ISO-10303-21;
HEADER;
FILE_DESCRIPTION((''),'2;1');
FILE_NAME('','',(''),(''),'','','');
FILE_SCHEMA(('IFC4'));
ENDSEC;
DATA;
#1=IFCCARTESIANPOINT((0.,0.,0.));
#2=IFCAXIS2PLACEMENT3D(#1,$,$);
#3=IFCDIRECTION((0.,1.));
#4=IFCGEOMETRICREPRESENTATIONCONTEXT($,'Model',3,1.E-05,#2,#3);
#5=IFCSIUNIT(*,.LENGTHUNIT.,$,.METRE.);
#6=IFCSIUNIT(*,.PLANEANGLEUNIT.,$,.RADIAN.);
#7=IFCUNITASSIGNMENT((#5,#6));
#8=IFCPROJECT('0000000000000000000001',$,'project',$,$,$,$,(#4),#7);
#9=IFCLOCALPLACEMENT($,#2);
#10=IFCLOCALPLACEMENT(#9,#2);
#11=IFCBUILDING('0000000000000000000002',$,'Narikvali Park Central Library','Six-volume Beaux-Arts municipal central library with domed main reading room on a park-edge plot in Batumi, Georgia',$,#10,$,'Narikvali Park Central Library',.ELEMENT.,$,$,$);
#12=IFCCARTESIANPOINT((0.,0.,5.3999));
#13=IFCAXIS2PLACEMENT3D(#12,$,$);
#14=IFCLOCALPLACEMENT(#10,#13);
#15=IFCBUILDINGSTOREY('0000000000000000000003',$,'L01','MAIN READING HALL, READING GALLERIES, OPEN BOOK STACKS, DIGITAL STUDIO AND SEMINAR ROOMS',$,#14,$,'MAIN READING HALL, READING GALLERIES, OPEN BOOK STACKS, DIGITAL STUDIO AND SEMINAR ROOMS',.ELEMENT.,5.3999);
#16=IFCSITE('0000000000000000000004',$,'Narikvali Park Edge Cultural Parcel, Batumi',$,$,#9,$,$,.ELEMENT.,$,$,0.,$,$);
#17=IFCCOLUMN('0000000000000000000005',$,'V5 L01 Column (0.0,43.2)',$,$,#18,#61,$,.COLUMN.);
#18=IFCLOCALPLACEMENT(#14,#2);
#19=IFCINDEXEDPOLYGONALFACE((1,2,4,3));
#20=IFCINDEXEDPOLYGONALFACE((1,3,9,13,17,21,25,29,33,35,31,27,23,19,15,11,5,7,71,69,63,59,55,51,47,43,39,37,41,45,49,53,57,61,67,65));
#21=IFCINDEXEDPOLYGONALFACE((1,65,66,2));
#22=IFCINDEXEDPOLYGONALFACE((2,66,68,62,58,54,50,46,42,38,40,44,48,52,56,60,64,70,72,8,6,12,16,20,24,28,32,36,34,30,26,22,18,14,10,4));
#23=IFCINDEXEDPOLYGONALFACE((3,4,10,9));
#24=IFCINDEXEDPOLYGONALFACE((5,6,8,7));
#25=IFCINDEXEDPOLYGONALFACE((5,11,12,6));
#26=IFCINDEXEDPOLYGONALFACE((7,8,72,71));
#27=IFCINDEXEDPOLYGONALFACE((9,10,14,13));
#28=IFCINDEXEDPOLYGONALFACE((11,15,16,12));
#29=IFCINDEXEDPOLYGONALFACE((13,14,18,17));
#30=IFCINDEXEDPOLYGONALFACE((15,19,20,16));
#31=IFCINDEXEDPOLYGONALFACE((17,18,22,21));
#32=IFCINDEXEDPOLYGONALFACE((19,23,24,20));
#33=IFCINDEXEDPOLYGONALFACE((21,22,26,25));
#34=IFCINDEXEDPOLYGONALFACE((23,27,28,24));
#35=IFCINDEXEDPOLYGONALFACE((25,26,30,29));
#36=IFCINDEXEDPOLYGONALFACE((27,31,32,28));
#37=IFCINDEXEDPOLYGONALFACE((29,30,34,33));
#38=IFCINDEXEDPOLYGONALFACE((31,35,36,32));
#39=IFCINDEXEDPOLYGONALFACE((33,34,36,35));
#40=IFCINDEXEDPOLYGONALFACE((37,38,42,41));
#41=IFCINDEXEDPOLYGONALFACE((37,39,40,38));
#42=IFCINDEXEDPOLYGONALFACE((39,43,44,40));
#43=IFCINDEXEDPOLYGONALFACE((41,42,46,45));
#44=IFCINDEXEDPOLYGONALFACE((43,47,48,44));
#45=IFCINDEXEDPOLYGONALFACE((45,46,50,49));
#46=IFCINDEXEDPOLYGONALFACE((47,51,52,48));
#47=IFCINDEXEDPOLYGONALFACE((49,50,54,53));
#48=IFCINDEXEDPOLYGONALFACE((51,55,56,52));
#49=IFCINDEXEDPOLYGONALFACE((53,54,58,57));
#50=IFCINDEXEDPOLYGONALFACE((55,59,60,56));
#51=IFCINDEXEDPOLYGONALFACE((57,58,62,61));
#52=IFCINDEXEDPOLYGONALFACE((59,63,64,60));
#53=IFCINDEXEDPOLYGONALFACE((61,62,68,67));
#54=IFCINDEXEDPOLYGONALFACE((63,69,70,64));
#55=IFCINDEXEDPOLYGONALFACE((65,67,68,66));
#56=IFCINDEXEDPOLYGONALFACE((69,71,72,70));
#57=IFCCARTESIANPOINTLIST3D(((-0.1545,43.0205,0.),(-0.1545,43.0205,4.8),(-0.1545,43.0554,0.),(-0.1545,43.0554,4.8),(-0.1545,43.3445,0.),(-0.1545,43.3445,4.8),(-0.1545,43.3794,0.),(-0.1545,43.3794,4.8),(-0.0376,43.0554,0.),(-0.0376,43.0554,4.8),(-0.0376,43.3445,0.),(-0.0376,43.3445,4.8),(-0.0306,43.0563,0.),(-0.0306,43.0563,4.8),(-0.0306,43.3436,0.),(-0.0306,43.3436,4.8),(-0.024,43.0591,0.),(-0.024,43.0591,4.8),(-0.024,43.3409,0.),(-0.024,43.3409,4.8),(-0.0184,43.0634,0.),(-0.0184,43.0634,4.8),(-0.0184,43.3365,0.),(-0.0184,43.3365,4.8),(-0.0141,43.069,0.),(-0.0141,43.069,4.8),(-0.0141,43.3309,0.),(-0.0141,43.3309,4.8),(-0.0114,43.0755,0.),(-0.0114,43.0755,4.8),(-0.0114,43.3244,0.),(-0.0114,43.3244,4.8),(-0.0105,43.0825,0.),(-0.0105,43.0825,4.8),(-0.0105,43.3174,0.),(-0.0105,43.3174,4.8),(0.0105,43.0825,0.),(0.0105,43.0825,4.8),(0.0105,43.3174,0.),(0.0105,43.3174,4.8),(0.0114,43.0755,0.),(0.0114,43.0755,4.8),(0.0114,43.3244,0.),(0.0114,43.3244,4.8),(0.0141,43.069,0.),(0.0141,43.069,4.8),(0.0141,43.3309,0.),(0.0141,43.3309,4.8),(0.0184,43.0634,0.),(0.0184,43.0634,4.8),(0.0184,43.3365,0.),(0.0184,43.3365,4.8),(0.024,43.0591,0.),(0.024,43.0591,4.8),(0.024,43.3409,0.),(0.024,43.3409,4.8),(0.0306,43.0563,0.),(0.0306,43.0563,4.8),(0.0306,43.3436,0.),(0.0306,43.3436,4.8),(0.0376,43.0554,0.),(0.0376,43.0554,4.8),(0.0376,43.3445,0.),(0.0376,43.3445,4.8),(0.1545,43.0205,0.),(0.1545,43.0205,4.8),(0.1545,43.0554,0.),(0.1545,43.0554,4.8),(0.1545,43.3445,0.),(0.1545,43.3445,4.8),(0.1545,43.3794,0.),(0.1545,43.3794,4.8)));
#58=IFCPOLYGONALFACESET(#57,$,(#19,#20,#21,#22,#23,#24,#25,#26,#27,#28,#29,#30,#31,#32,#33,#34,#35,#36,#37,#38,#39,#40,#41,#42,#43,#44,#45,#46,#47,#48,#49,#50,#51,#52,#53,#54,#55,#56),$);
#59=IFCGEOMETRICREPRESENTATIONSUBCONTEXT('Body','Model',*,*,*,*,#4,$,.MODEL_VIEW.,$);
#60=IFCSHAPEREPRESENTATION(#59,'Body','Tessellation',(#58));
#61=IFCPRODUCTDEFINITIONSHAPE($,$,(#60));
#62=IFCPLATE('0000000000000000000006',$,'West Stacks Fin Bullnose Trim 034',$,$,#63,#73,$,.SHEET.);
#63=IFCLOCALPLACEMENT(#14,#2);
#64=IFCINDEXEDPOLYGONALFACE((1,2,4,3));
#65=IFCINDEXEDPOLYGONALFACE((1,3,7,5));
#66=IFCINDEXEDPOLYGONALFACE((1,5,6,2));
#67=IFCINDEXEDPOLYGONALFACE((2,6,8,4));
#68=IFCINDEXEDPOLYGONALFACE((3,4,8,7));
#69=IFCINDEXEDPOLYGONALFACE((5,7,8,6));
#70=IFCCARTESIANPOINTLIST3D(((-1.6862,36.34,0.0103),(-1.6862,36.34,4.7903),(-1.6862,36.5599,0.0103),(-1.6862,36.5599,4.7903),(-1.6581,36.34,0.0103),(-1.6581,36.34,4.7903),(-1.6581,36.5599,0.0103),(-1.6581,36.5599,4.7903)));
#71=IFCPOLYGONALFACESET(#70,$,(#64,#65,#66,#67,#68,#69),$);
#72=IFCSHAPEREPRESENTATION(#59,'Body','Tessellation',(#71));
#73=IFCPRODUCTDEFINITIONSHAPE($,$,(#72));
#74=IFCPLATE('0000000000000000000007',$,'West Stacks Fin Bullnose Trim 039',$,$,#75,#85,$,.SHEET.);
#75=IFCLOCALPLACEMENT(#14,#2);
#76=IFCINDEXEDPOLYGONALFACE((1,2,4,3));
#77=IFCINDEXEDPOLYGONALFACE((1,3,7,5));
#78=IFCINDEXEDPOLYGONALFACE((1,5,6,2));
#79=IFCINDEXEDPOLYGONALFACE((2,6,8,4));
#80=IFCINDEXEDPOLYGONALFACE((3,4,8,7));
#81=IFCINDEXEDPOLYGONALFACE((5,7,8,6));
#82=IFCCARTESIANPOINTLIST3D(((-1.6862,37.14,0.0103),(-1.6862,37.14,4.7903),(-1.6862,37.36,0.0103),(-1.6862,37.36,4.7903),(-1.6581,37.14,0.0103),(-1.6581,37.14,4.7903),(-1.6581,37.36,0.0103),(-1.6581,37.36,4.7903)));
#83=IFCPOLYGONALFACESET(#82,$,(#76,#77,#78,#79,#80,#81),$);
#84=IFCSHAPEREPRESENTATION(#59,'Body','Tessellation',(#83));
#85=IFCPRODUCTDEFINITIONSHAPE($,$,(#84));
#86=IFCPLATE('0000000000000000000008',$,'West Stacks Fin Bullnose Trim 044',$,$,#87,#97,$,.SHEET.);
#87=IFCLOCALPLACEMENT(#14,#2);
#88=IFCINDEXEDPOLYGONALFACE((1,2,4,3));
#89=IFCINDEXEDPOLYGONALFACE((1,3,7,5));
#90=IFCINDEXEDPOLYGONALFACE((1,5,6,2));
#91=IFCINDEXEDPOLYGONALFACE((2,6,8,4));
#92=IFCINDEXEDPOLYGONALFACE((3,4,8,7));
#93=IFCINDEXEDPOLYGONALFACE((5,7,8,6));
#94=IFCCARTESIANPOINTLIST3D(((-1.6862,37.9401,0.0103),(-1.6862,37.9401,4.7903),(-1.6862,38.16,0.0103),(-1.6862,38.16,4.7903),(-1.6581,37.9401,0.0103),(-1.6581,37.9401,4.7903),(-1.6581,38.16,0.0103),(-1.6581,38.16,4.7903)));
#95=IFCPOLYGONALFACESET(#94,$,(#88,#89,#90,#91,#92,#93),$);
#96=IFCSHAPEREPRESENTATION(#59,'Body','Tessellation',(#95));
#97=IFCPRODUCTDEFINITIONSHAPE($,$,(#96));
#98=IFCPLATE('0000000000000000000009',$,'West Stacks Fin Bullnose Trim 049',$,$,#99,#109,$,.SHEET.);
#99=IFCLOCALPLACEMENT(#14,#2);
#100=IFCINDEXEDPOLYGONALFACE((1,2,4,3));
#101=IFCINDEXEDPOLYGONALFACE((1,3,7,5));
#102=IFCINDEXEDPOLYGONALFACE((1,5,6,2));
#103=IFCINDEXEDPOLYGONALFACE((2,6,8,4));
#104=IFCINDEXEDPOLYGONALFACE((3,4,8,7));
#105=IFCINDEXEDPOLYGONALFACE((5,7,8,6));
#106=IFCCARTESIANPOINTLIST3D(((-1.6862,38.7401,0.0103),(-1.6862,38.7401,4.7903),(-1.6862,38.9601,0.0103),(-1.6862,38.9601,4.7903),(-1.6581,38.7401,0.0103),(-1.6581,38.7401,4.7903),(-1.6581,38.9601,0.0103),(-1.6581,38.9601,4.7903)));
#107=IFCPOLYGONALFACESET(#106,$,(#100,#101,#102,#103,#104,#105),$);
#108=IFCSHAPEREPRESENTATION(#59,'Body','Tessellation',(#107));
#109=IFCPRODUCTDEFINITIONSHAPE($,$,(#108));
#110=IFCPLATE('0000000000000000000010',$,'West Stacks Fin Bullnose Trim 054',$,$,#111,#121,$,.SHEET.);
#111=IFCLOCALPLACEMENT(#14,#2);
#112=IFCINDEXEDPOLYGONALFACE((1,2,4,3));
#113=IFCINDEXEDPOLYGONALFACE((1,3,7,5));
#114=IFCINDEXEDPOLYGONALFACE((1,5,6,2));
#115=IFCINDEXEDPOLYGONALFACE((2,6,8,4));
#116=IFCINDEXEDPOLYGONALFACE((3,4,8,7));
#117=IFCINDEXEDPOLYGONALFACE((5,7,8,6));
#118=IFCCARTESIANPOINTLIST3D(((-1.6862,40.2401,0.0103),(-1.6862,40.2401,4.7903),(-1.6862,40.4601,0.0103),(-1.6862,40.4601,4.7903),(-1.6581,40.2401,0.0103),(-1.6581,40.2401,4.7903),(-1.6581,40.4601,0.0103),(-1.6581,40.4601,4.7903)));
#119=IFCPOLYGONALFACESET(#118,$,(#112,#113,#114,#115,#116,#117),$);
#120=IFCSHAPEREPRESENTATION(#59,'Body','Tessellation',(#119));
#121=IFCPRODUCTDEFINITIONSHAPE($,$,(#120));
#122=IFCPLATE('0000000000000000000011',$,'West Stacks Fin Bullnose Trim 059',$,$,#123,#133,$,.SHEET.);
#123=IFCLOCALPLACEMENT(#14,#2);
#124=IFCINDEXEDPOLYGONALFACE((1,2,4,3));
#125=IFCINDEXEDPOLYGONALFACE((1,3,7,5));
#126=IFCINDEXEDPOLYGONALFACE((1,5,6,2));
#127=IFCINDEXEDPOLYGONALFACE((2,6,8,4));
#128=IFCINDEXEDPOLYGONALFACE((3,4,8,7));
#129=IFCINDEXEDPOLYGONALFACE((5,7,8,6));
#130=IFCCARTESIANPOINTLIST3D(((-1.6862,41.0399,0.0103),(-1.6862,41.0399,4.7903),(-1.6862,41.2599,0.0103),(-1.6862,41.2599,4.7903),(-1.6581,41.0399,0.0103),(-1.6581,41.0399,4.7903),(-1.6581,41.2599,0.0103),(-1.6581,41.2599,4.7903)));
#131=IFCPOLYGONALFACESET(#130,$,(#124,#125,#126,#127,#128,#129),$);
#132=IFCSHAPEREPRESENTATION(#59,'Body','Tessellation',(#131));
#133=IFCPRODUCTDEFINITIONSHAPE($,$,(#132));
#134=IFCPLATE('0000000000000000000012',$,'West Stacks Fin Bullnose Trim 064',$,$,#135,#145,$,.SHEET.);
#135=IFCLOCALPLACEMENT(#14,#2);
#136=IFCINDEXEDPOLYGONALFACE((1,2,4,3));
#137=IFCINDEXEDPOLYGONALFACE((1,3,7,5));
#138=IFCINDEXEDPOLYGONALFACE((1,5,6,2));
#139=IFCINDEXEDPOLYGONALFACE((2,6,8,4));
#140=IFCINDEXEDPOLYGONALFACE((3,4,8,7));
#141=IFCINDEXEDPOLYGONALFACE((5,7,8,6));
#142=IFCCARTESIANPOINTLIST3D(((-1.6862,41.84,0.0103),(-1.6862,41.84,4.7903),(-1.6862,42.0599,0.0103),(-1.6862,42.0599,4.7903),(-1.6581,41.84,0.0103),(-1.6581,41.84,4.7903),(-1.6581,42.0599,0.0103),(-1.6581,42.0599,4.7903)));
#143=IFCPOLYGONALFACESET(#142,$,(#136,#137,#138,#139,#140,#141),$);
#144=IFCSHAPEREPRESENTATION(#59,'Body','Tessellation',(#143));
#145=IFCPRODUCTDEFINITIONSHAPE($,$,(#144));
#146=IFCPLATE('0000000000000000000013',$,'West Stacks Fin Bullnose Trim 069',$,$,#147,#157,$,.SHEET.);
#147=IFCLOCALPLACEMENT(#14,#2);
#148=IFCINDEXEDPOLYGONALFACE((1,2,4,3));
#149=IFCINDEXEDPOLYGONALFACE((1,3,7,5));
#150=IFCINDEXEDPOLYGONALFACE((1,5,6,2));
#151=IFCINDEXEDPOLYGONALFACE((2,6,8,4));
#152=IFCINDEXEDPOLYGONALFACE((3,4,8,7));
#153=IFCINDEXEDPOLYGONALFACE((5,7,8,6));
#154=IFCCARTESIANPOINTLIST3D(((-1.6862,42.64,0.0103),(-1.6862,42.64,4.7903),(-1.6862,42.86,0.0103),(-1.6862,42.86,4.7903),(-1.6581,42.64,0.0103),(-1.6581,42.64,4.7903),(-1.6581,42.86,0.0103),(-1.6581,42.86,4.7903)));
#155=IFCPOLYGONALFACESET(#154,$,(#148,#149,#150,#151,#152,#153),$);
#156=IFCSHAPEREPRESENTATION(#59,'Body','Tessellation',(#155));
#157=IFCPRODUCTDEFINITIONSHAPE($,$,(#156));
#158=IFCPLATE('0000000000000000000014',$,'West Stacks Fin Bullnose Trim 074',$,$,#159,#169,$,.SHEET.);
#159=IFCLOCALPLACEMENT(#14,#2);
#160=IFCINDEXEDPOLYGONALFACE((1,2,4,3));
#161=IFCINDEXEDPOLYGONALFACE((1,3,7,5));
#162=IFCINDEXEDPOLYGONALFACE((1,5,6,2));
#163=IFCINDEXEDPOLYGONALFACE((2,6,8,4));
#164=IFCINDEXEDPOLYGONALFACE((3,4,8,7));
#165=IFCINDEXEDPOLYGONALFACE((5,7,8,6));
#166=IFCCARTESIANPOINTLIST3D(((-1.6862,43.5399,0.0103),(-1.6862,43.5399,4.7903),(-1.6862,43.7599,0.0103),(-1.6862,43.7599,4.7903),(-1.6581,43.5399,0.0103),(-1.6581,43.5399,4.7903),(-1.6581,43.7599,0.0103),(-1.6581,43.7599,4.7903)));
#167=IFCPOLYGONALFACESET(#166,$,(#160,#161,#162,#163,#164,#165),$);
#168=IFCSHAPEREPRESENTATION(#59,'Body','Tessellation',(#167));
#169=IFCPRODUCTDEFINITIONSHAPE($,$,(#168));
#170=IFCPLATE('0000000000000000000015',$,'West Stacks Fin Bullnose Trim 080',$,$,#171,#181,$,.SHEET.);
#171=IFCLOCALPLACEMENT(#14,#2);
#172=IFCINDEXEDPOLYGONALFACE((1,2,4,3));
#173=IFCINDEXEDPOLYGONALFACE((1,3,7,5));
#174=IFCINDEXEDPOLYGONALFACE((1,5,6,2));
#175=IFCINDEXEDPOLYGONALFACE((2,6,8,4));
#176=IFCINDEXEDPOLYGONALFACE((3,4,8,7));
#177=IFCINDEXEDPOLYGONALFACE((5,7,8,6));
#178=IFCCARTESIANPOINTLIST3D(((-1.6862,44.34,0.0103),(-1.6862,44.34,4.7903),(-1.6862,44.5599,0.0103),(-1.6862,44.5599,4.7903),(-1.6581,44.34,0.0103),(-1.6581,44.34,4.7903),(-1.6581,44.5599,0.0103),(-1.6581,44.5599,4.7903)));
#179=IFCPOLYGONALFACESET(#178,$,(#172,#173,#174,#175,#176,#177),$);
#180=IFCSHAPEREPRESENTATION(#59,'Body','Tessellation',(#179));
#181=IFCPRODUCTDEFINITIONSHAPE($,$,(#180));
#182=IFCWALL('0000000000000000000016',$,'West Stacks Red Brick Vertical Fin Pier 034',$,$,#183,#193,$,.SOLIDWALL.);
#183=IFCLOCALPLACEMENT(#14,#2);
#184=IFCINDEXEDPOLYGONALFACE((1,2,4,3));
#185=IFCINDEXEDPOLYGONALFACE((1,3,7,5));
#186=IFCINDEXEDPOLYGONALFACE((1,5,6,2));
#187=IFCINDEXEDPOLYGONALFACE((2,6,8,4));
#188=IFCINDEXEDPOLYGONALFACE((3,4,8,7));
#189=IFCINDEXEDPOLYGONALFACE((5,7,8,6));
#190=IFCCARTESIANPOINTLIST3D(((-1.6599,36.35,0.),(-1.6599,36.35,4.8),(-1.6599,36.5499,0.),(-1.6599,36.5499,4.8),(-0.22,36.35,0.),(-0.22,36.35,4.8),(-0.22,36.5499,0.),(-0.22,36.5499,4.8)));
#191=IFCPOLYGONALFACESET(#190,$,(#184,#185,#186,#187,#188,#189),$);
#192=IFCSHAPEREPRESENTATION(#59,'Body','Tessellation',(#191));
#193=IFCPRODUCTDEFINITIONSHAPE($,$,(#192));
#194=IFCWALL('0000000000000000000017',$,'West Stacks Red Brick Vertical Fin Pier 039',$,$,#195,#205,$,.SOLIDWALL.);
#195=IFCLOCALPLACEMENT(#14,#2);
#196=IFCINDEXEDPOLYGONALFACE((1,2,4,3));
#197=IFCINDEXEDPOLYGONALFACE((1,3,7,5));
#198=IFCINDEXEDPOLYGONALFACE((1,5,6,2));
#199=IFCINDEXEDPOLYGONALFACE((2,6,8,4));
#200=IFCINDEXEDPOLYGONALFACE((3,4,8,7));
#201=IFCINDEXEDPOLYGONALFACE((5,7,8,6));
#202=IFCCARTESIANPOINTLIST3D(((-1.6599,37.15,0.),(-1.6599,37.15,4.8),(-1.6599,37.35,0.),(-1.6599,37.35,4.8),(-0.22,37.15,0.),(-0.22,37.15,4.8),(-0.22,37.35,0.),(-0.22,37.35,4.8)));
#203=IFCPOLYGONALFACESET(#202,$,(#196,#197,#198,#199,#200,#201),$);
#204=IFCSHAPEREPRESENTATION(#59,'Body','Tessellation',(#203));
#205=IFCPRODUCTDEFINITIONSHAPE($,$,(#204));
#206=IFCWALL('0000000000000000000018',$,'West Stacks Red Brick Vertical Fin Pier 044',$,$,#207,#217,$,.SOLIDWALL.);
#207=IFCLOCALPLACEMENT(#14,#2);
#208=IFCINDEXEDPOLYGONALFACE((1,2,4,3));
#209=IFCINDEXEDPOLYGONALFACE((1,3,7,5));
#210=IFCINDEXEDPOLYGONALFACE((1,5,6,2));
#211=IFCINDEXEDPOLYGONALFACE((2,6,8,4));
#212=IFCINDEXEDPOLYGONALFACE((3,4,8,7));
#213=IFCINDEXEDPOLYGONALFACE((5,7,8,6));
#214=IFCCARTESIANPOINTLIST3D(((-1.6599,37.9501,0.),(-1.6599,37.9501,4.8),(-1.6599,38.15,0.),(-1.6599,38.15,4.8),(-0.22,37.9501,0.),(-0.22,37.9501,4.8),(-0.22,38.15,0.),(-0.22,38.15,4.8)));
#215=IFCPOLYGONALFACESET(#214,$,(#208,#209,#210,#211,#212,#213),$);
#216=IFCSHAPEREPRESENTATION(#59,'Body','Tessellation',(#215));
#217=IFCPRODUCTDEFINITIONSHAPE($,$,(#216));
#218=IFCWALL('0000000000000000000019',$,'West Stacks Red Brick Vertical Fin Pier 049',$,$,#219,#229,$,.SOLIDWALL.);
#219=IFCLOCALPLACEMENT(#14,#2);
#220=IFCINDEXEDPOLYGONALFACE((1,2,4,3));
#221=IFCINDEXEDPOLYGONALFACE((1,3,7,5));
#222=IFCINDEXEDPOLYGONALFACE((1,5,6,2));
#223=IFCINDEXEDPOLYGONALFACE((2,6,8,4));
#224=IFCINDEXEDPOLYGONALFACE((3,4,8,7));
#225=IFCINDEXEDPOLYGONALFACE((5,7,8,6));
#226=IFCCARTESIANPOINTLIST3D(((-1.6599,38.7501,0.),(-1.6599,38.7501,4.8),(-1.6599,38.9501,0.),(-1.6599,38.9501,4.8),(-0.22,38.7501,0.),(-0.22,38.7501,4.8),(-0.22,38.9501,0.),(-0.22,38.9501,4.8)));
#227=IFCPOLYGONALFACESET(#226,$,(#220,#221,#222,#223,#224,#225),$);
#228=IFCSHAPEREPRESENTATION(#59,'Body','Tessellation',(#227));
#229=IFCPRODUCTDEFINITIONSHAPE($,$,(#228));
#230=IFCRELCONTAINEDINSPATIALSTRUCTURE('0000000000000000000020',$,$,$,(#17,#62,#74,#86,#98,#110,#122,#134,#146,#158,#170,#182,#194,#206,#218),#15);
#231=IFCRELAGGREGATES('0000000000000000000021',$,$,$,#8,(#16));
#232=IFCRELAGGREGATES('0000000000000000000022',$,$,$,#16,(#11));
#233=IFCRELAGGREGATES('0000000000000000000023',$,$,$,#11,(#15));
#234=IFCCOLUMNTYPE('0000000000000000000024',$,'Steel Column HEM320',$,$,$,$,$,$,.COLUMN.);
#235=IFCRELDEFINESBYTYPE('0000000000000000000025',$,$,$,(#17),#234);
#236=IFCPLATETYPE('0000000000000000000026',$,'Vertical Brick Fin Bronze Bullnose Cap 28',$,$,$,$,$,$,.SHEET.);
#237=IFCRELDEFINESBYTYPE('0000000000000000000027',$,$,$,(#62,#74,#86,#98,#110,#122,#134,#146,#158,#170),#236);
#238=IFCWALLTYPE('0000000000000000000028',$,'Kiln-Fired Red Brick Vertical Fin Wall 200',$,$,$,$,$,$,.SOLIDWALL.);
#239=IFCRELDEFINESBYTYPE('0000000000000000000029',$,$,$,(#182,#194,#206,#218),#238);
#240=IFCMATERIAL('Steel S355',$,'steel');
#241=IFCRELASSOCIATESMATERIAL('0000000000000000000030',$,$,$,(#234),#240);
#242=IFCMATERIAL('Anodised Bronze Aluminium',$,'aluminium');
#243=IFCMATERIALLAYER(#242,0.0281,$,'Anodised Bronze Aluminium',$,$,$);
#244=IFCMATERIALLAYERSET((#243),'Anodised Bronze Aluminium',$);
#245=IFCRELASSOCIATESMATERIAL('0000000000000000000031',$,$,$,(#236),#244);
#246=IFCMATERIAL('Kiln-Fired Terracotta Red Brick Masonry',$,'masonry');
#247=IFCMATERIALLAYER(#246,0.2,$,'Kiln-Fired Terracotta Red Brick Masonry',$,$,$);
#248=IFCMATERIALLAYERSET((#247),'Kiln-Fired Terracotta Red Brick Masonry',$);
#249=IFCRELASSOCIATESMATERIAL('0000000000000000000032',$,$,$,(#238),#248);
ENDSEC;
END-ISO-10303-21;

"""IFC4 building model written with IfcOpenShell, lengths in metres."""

from ifc_helpers import new_model, si_unit, direction, frame, frame_2d, origin, origin_2d, place, context, subcontext, project, spatial, rectangle, i_section, extrude, material, layer, layer_set, material_profile, profile_set, type_object, element, save


model = new_model("IFC4")

# Units and contexts
model_context = context("Model", 3, precision=1e-05, world=origin(), true_north=direction((0.0, 1.0)))
body_context = subcontext(model_context, "Body", "Model", "MODEL_VIEW")
ifc_project = project(units=[si_unit("LENGTHUNIT", "METRE"), si_unit("PLANEANGLEUNIT", "RADIAN")], contexts=[model_context])

# Site, building, storey
site_placement = place(None, origin())
site = spatial("IfcSite", under=ifc_project, at=site_placement, Name="Narikvali Park Edge Cultural Parcel, Batumi", CompositionType="ELEMENT", RefElevation=0.0)
building_placement = place(site_placement, origin())
building = spatial("IfcBuilding", under=site, at=building_placement, Name="Narikvali Park Central Library", Description="Six-volume Beaux-Arts municipal central library with domed main reading room on a park-edge plot in Batumi, Georgia", LongName="Narikvali Park Central Library", CompositionType="ELEMENT")
storey_placement = place(building_placement, frame((0.0, 0.0, 5.3999)))
storey = spatial("IfcBuildingStorey", under=building, at=storey_placement, Name="L01", Description="MAIN READING HALL, READING GALLERIES, OPEN BOOK STACKS, DIGITAL STUDIO AND SEMINAR ROOMS", LongName="MAIN READING HALL, READING GALLERIES, OPEN BOOK STACKS, DIGITAL STUDIO AND SEMINAR ROOMS", CompositionType="ELEMENT", Elevation=5.3999)

# Column
ifc_material_1 = material(Name="Steel S355", Category="steel")
ifc_material_profile = material_profile(ifc_material_1, i_section(OverallWidth=0.3091, OverallDepth=0.3589, WebThickness=0.021, FlangeThickness=0.0349, FilletRadius=0.0271, at=origin_2d()), Name="HEM 320")
ifc_profile_set = profile_set([ifc_material_profile], Name="Steel S355")
column_type = type_object("IfcColumnType", Name="Steel Column HEM320", PredefinedType="COLUMN", material=ifc_profile_set)
column_placement = place(storey_placement, frame((0.0, 43.2, 0.0), z_axis=(0.0, 0.0, 1.0), x_axis=(1.0, 0.0, 0.0)))
element("IfcColumn", 1, at=column_placement, inside=storey, type_object=column_type, Name="V5 L01 Column (0.0,43.2)", PredefinedType="COLUMN", context=body_context, shape_type="SweptSolid", body=[
    extrude(i_section(OverallWidth=0.3091, OverallDepth=0.3589, WebThickness=0.021, FlangeThickness=0.0349, FilletRadius=0.0271, at=origin_2d()), origin(), (0.0, 0.0, 1.0), 4.8),
])

# Plates
ifc_material_2 = material(Name="Anodised Bronze Aluminium", Category="aluminium")
ifc_layer_1 = layer(ifc_material_2, 0.0281, Name="Anodised Bronze Aluminium")
ifc_layer_set_1 = layer_set([ifc_layer_1], Name="Anodised Bronze Aluminium")
plate_type = type_object("IfcPlateType", Name="Vertical Brick Fin Bronze Bullnose Cap 28", PredefinedType="SHEET", material=ifc_layer_set_1)
for number, where, z_axis, x_axis, name in (
    (2, (-1.6721, 36.45, 0.0103), (0.0, 0.0, 1.0), (1.0, 0.0, 0.0), "West Stacks Fin Bullnose Trim 034"),
    (3, (-1.6721, 37.25, 0.0103), (0.0, 0.0, 1.0), (1.0, 0.0, 0.0), "West Stacks Fin Bullnose Trim 039"),
    (4, (-1.6721, 38.05, 0.0103), (0.0, 0.0, 1.0), (1.0, 0.0, 0.0), "West Stacks Fin Bullnose Trim 044"),
    (5, (-1.6721, 38.8501, 0.0103), (0.0, 0.0, 1.0), (1.0, 0.0, 0.0), "West Stacks Fin Bullnose Trim 049"),
    (6, (-1.6721, 40.3501, 0.0103), (0.0, 0.0, 1.0), (1.0, 0.0, 0.0), "West Stacks Fin Bullnose Trim 054"),
    (7, (-1.6721, 41.1499, 0.0103), (0.0, 0.0, 1.0), (1.0, 0.0, 0.0), "West Stacks Fin Bullnose Trim 059"),
    (8, (-1.6721, 41.95, 0.0103), (0.0, 0.0, 1.0), (1.0, 0.0, 0.0), "West Stacks Fin Bullnose Trim 064"),
    (9, (-1.6721, 42.75, 0.0103), (0.0, 0.0, 1.0), (1.0, 0.0, 0.0), "West Stacks Fin Bullnose Trim 069"),
    (10, (-1.6721, 43.6499, 0.0103), (0.0, 0.0, 1.0), (1.0, 0.0, 0.0), "West Stacks Fin Bullnose Trim 074"),
    (11, (-1.6721, 44.45, 0.0103), (0.0, 0.0, 1.0), (1.0, 0.0, 0.0), "West Stacks Fin Bullnose Trim 080"),
):
    element("IfcPlate", number, at=place(storey_placement, frame(where, z_axis=z_axis, x_axis=x_axis)), inside=storey, type_object=plate_type, Name=name, PredefinedType="SHEET", context=body_context, shape_type="SweptSolid", body=[
        extrude(rectangle(XDim=0.0281, YDim=0.22, at=origin_2d()), origin(), (0.0, 0.0, 1.0), 4.78),
    ])

# Walls
ifc_material_3 = material(Name="Kiln-Fired Terracotta Red Brick Masonry", Category="masonry")
ifc_layer_2 = layer(ifc_material_3, 0.2, Name="Kiln-Fired Terracotta Red Brick Masonry")
ifc_layer_set_2 = layer_set([ifc_layer_2], Name="Kiln-Fired Terracotta Red Brick Masonry")
wall_type_1 = type_object("IfcWallType", Name="Kiln-Fired Red Brick Vertical Fin Wall 200", PredefinedType="SOLIDWALL", material=ifc_layer_set_2)
for number, where, z_axis, x_axis, name in (
    (12, (-1.6599, 36.45, 0.0), (0.0, 0.0, 1.0), (1.0, 0.0, 0.0), "West Stacks Red Brick Vertical Fin Pier 034"),
    (13, (-1.6599, 37.25, 0.0), (0.0, 0.0, 1.0), (1.0, 0.0, 0.0), "West Stacks Red Brick Vertical Fin Pier 039"),
    (14, (-1.6599, 38.05, 0.0), (0.0, 0.0, 1.0), (1.0, 0.0, 0.0), "West Stacks Red Brick Vertical Fin Pier 044"),
    (15, (-1.6599, 38.8501, 0.0), (0.0, 0.0, 1.0), (1.0, 0.0, 0.0), "West Stacks Red Brick Vertical Fin Pier 049"),
):
    element("IfcWall", number, at=place(storey_placement, frame(where, z_axis=z_axis, x_axis=x_axis)), inside=storey, type_object=wall_type_1, Name=name, PredefinedType="SOLIDWALL", context=body_context, shape_type="SweptSolid", body=[
        extrude(rectangle(XDim=1.4399, YDim=0.2, at=frame_2d((0.72, 0.0))), origin(), (0.0, 0.0, 1.0), 4.8),
    ])

save(model, "model.ifc")
